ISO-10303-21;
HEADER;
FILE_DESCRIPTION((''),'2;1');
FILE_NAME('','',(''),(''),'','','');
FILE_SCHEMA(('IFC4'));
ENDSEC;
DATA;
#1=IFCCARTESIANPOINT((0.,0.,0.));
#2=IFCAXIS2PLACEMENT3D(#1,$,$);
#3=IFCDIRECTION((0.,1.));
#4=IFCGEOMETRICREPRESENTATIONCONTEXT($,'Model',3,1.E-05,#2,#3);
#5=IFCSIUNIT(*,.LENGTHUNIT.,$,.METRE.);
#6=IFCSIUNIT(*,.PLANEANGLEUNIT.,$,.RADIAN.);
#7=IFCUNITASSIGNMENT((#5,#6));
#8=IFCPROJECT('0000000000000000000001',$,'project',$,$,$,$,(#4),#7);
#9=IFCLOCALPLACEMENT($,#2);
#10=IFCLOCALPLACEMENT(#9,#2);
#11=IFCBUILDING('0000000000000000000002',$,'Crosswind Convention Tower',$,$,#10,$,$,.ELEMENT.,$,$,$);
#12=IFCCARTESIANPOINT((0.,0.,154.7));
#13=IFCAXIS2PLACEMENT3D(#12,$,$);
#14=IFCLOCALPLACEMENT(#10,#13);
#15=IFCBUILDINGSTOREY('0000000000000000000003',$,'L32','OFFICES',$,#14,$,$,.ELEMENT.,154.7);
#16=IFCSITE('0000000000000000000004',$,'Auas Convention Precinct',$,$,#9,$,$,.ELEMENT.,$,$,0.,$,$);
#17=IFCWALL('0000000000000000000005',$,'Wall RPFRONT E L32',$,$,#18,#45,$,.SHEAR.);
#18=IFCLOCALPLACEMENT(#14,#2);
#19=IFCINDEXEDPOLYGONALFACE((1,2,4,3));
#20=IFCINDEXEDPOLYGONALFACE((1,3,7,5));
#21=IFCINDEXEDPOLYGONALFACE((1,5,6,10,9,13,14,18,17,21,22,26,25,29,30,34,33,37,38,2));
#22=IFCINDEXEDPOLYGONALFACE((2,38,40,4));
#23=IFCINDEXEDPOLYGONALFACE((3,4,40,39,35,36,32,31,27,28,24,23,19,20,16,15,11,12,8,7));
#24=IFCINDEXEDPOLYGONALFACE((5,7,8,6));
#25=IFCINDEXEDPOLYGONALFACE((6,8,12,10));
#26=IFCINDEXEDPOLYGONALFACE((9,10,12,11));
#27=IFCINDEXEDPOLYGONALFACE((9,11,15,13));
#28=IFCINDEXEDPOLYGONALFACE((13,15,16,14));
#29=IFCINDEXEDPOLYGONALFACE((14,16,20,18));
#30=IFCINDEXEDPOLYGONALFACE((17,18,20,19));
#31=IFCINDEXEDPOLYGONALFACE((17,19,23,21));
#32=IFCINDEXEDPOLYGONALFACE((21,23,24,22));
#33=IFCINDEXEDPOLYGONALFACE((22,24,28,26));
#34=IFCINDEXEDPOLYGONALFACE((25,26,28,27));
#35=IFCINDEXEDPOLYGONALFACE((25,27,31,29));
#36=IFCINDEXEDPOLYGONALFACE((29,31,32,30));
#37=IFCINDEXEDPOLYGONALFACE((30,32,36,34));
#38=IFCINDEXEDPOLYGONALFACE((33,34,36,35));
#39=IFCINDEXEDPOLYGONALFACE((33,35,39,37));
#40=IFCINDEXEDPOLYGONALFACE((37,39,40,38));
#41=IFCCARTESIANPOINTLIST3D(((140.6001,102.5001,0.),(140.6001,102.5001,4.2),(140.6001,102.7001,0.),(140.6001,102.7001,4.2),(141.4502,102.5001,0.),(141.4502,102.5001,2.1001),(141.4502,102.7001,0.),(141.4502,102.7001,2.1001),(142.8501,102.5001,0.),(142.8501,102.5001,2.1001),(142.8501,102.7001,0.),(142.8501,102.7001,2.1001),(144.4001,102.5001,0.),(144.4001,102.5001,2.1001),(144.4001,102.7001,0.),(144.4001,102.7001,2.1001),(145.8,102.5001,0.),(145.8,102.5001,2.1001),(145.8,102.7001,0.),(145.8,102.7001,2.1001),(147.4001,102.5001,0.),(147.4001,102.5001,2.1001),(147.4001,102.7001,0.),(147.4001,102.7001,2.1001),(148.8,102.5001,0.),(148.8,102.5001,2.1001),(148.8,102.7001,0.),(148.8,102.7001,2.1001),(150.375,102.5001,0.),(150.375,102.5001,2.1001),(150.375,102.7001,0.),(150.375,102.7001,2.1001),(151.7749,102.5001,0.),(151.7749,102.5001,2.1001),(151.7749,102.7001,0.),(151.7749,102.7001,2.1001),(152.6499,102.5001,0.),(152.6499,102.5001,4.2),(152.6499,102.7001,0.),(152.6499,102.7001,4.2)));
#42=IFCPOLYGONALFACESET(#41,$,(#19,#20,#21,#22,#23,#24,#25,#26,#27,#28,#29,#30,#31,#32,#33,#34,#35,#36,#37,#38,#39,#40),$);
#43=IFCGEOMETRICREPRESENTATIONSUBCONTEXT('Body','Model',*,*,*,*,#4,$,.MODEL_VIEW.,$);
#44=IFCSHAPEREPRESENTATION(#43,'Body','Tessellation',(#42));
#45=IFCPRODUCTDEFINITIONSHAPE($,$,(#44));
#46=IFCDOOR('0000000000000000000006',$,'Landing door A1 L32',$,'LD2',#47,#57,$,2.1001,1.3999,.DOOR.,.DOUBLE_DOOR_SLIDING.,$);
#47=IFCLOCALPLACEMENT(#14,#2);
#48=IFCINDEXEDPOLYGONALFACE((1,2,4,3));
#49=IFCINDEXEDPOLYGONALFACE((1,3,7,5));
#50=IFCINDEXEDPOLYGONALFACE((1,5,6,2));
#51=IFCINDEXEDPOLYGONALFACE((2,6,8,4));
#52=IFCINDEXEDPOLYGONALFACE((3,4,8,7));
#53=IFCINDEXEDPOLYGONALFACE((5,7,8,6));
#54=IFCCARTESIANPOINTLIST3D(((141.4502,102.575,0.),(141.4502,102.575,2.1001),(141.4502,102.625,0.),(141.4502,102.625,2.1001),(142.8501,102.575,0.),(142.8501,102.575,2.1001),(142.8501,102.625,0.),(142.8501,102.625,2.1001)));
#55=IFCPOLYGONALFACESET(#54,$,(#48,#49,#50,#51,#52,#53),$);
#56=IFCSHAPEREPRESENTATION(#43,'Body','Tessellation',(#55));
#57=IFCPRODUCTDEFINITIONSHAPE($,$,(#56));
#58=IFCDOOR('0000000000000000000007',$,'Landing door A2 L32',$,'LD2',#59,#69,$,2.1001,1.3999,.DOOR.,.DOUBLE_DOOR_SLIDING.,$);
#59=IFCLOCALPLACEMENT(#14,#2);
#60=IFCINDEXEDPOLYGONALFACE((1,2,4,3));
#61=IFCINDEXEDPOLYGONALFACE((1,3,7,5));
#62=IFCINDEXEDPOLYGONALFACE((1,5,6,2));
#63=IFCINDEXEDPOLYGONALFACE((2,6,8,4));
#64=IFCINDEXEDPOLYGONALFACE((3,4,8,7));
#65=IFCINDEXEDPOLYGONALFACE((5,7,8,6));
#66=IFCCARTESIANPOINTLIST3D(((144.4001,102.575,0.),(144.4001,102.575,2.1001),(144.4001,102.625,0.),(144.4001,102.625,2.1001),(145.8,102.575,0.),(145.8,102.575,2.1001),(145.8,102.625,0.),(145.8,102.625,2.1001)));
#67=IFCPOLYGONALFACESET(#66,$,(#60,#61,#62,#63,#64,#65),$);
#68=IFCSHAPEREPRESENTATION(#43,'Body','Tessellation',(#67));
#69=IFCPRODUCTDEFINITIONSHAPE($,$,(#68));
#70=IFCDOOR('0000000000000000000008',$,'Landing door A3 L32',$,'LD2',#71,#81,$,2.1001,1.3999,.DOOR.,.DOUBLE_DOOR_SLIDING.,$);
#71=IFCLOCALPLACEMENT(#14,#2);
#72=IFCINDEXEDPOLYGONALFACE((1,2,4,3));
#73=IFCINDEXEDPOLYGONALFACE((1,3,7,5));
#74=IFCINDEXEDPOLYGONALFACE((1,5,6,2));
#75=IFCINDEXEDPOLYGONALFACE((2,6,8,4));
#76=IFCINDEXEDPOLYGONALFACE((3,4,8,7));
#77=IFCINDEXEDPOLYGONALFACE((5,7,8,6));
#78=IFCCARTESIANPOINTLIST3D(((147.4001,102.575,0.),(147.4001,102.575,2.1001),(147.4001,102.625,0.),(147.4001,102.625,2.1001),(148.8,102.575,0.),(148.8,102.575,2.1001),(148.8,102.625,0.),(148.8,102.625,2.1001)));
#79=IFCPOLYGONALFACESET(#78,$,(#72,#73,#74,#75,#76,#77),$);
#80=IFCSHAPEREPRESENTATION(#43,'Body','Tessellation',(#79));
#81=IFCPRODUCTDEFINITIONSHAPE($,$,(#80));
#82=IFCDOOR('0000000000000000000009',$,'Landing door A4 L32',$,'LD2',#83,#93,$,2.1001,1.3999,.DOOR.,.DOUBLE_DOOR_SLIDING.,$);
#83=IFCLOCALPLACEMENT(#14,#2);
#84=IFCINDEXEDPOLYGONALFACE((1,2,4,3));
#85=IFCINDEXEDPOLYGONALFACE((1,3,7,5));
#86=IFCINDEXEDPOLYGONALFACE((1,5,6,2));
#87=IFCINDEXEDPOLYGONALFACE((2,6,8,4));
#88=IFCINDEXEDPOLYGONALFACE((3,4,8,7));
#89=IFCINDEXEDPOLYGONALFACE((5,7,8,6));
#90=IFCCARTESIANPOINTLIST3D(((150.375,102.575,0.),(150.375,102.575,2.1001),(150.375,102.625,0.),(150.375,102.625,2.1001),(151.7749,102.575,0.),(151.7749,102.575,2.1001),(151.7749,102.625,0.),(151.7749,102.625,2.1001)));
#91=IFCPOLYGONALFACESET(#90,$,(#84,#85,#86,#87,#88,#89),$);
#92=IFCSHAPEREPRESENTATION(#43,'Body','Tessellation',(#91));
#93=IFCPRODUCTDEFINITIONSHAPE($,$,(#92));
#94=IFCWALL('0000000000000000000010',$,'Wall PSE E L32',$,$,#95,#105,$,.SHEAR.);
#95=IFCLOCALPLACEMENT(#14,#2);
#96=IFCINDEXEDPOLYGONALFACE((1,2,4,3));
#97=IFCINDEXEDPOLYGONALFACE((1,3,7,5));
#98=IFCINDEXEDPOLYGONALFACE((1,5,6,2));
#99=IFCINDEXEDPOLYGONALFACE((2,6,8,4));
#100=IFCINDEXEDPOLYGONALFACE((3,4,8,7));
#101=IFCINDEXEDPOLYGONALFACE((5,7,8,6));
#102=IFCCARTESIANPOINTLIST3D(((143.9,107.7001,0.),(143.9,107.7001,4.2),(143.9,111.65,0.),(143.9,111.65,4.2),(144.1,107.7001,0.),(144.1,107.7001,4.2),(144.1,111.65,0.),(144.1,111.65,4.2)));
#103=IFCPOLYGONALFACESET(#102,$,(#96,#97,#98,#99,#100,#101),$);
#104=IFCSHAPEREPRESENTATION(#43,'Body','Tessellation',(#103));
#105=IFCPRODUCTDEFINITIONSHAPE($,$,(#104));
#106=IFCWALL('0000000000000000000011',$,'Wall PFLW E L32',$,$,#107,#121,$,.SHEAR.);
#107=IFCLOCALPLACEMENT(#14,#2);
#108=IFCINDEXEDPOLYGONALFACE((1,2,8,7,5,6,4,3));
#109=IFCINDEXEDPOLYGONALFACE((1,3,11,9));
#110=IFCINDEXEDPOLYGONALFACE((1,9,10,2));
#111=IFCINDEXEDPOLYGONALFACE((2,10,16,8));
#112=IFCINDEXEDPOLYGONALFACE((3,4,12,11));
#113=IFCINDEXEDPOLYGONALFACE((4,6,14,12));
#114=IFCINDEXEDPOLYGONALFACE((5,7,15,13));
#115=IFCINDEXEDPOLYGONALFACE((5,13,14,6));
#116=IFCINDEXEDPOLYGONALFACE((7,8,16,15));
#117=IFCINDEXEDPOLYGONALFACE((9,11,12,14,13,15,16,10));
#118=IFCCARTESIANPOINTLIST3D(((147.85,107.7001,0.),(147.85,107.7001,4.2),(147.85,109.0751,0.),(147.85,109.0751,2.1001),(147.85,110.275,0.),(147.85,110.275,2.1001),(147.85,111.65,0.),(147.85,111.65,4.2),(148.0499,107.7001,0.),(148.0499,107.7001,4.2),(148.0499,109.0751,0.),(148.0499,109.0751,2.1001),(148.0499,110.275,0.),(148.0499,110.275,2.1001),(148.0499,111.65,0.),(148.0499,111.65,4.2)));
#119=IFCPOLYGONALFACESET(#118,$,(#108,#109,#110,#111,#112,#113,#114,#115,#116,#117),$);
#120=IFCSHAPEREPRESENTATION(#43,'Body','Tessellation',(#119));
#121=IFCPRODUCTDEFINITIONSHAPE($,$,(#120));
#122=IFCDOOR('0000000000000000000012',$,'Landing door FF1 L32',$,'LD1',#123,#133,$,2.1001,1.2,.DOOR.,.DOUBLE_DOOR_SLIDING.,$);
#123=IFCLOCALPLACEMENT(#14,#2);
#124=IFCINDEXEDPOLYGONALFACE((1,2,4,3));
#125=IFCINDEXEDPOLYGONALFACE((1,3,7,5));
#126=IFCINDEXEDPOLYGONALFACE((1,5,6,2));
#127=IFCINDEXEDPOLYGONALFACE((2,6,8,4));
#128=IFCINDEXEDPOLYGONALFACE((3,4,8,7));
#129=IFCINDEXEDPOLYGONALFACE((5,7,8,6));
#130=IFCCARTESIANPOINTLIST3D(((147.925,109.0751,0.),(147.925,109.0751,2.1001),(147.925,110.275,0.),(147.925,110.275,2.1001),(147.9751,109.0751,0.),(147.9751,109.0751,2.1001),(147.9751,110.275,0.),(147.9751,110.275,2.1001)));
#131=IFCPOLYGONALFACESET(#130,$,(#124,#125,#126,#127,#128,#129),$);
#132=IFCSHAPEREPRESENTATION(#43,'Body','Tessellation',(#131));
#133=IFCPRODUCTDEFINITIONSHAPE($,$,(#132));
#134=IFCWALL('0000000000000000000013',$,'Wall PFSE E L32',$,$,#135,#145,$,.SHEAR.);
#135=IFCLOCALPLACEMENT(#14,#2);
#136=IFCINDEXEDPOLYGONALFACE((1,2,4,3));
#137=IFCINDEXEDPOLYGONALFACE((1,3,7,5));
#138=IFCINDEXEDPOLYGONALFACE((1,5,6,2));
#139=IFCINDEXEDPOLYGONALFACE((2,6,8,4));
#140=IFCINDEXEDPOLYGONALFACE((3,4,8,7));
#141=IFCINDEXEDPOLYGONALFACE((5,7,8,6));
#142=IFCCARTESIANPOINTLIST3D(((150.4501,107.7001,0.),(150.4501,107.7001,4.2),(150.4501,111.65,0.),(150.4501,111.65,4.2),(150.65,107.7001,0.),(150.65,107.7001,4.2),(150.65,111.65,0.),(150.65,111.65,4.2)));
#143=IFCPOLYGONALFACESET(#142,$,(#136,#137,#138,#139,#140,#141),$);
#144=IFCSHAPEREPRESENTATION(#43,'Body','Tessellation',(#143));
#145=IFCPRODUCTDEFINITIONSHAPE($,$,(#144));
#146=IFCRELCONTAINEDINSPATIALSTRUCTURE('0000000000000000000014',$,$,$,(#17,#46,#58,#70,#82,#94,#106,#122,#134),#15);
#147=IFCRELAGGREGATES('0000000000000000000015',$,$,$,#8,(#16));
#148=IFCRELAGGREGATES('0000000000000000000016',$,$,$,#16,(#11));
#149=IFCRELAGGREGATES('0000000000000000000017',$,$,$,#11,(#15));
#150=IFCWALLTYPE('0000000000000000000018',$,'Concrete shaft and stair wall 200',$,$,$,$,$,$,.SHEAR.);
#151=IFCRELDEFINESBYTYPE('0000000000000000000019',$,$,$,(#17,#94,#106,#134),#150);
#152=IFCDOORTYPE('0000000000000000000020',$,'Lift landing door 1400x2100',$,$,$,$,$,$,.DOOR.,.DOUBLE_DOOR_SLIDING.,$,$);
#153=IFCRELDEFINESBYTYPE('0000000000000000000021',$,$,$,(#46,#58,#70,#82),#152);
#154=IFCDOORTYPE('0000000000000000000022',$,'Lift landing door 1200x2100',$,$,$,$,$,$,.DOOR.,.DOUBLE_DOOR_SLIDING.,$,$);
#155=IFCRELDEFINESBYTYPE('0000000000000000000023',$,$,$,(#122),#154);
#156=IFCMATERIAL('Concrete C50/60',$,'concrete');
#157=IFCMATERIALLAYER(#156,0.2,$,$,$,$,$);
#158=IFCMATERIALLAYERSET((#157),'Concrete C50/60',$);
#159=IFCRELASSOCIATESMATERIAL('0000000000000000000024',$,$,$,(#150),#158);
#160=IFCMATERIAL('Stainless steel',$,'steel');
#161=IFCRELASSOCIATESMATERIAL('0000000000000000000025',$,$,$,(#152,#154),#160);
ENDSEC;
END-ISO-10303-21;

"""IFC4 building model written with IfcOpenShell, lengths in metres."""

from ifc_helpers import new_model, si_unit, direction, frame, frame_2d, origin, place, context, subcontext, project, spatial, rectangle, extrude, material, layer, layer_set, type_object, element, fill, save


model = new_model("IFC4")

# Units and contexts
model_context = context("Model", 3, precision=1e-05, world=origin(), true_north=direction((0.0, 1.0)))
body_context = subcontext(model_context, "Body", "Model", "MODEL_VIEW")
ifc_project = project(units=[si_unit("LENGTHUNIT", "METRE"), si_unit("PLANEANGLEUNIT", "RADIAN")], contexts=[model_context])

# Site, building, storey
site_placement = place(None, origin())
site = spatial("IfcSite", under=ifc_project, at=site_placement, Name="Auas Convention Precinct", CompositionType="ELEMENT", RefElevation=0.0)
building_placement = place(site_placement, origin())
building = spatial("IfcBuilding", under=site, at=building_placement, Name="Crosswind Convention Tower", CompositionType="ELEMENT")
storey_placement = place(building_placement, frame((0.0, 0.0, 154.7)))
storey = spatial("IfcBuildingStorey", under=building, at=storey_placement, Name="L32", Description="OFFICES", CompositionType="ELEMENT", Elevation=154.7)

# Shared definitions
ifc_material_1 = material(Name="Concrete C50/60", Category="concrete")
ifc_layer_1 = layer(ifc_material_1, 0.2)
ifc_layer_set_1 = layer_set([ifc_layer_1], Name="Concrete C50/60")
wall_type_1 = type_object("IfcWallType", Name="Concrete shaft and stair wall 200", PredefinedType="SHEAR", material=ifc_layer_set_1)

# Wall, openings, doors
wall_1_placement = place(storey_placement, frame((140.6001, 102.6001, 0.0), z_axis=(0.0, 0.0, 1.0), x_axis=(1.0, 0.0, 0.0)))
wall_1 = element("IfcWall", 1, at=wall_1_placement, inside=storey, type_object=wall_type_1, Name="Wall RPFRONT E L32", PredefinedType="SHEAR", context=body_context, shape_type="SweptSolid", body=[
    extrude(rectangle(XDim=12.0498, YDim=0.2, at=frame_2d((6.0249, 0.0))), origin(), (0.0, 0.0, 1.0), 4.2),
])
opening_1_placement = place(wall_1_placement, frame((0.8501, 0.0, 0.0)))
opening_1 = element("IfcOpeningElement", 2, at=opening_1_placement, cuts=wall_1, PredefinedType="OPENING", context=body_context, shape_type="SweptSolid", body=[
    extrude(rectangle(XDim=1.3999, YDim=2.1001, at=frame_2d((0.7, 1.05))), frame((0.0, 0.1099, 0.0), z_axis=(0.0, -1.0, 0.0), x_axis=(1.0, 0.0, 0.0)), (0.0, 0.0, 1.0), 0.22),
])
opening_2_placement = place(wall_1_placement, frame((3.8, 0.0, 0.0)))
opening_2 = element("IfcOpeningElement", 3, at=opening_2_placement, cuts=wall_1, PredefinedType="OPENING", context=body_context, shape_type="SweptSolid", body=[
    extrude(rectangle(XDim=1.3999, YDim=2.1001, at=frame_2d((0.7, 1.05))), frame((0.0, 0.1099, 0.0), z_axis=(0.0, -1.0, 0.0), x_axis=(1.0, 0.0, 0.0)), (0.0, 0.0, 1.0), 0.22),
])
opening_3_placement = place(wall_1_placement, frame((6.8, 0.0, 0.0)))
opening_3 = element("IfcOpeningElement", 4, at=opening_3_placement, cuts=wall_1, PredefinedType="OPENING", context=body_context, shape_type="SweptSolid", body=[
    extrude(rectangle(XDim=1.3999, YDim=2.1001, at=frame_2d((0.7, 1.05))), frame((0.0, 0.1099, 0.0), z_axis=(0.0, -1.0, 0.0), x_axis=(1.0, 0.0, 0.0)), (0.0, 0.0, 1.0), 0.22),
])
opening_4_placement = place(wall_1_placement, frame((9.7749, 0.0, 0.0)))
opening_4 = element("IfcOpeningElement", 5, at=opening_4_placement, cuts=wall_1, PredefinedType="OPENING", context=body_context, shape_type="SweptSolid", body=[
    extrude(rectangle(XDim=1.3999, YDim=2.1001, at=frame_2d((0.7, 1.05))), frame((0.0, 0.1099, 0.0), z_axis=(0.0, -1.0, 0.0), x_axis=(1.0, 0.0, 0.0)), (0.0, 0.0, 1.0), 0.22),
])
ifc_material_2 = material(Name="Stainless steel", Category="steel")
door_type_1 = type_object("IfcDoorType", Name="Lift landing door 1400x2100", OperationType="DOUBLE_DOOR_SLIDING", PredefinedType="DOOR", material=ifc_material_2)
door_1_placement = place(opening_1_placement, origin())
door_1 = element("IfcDoor", 6, at=door_1_placement, inside=storey, type_object=door_type_1, Name="Landing door A1 L32", ObjectType="LD2", OperationType="DOUBLE_DOOR_SLIDING", OverallHeight=2.1001, OverallWidth=1.3999, PredefinedType="DOOR", context=body_context, shape_type="SweptSolid", body=[
    extrude(rectangle(XDim=1.3999, YDim=2.1001, at=frame_2d((0.7, 1.05))), frame((0.0, 0.0249, 0.0), z_axis=(0.0, -1.0, 0.0), x_axis=(1.0, 0.0, 0.0)), (0.0, 0.0, 1.0), 0.05),
])
fill(opening_1, door_1)
door_2_placement = place(opening_2_placement, origin())
door_2 = element("IfcDoor", 7, at=door_2_placement, inside=storey, type_object=door_type_1, Name="Landing door A2 L32", ObjectType="LD2", OperationType="DOUBLE_DOOR_SLIDING", OverallHeight=2.1001, OverallWidth=1.3999, PredefinedType="DOOR", context=body_context, shape_type="SweptSolid", body=[
    extrude(rectangle(XDim=1.3999, YDim=2.1001, at=frame_2d((0.7, 1.05))), frame((0.0, 0.0249, 0.0), z_axis=(0.0, -1.0, 0.0), x_axis=(1.0, 0.0, 0.0)), (0.0, 0.0, 1.0), 0.05),
])
fill(opening_2, door_2)
door_3_placement = place(opening_3_placement, origin())
door_3 = element("IfcDoor", 8, at=door_3_placement, inside=storey, type_object=door_type_1, Name="Landing door A3 L32", ObjectType="LD2", OperationType="DOUBLE_DOOR_SLIDING", OverallHeight=2.1001, OverallWidth=1.3999, PredefinedType="DOOR", context=body_context, shape_type="SweptSolid", body=[
    extrude(rectangle(XDim=1.3999, YDim=2.1001, at=frame_2d((0.7, 1.05))), frame((0.0, 0.0249, 0.0), z_axis=(0.0, -1.0, 0.0), x_axis=(1.0, 0.0, 0.0)), (0.0, 0.0, 1.0), 0.05),
])
fill(opening_3, door_3)
door_4_placement = place(opening_4_placement, origin())
door_4 = element("IfcDoor", 9, at=door_4_placement, inside=storey, type_object=door_type_1, Name="Landing door A4 L32", ObjectType="LD2", OperationType="DOUBLE_DOOR_SLIDING", OverallHeight=2.1001, OverallWidth=1.3999, PredefinedType="DOOR", context=body_context, shape_type="SweptSolid", body=[
    extrude(rectangle(XDim=1.3999, YDim=2.1001, at=frame_2d((0.7, 1.05))), frame((0.0, 0.0249, 0.0), z_axis=(0.0, -1.0, 0.0), x_axis=(1.0, 0.0, 0.0)), (0.0, 0.0, 1.0), 0.05),
])
fill(opening_4, door_4)

# Wall
wall_2_placement = place(storey_placement, frame((144.0, 107.7, 0.0), z_axis=(0.0, 0.0, 1.0), x_axis=(0.0, 1.0, 0.0)))
element("IfcWall", 10, at=wall_2_placement, inside=storey, type_object=wall_type_1, Name="Wall PSE E L32", PredefinedType="SHEAR", context=body_context, shape_type="SweptSolid", body=[
    extrude(rectangle(XDim=3.95, YDim=0.2, at=frame_2d((1.9751, 0.0))), origin(), (0.0, 0.0, 1.0), 4.2),
])

# Wall, opening, door
wall_3_placement = place(storey_placement, frame((147.95, 107.7, 0.0), z_axis=(0.0, 0.0, 1.0), x_axis=(0.0, 1.0, 0.0)))
wall_3 = element("IfcWall", 11, at=wall_3_placement, inside=storey, type_object=wall_type_1, Name="Wall PFLW E L32", PredefinedType="SHEAR", context=body_context, shape_type="SweptSolid", body=[
    extrude(rectangle(XDim=3.95, YDim=0.2, at=frame_2d((1.9751, 0.0))), origin(), (0.0, 0.0, 1.0), 4.2),
])
opening_5_placement = place(wall_3_placement, frame((1.375, 0.0, 0.0)))
opening_5 = element("IfcOpeningElement", 12, at=opening_5_placement, cuts=wall_3, PredefinedType="OPENING", context=body_context, shape_type="SweptSolid", body=[
    extrude(rectangle(XDim=1.2, YDim=2.1001, at=frame_2d((0.6001, 1.05))), frame((0.0, 0.1099, 0.0), z_axis=(0.0, -1.0, 0.0), x_axis=(1.0, 0.0, 0.0)), (0.0, 0.0, 1.0), 0.22),
])
door_type_2 = type_object("IfcDoorType", Name="Lift landing door 1200x2100", OperationType="DOUBLE_DOOR_SLIDING", PredefinedType="DOOR", material=ifc_material_2)
door_5_placement = place(opening_5_placement, origin())
door_5 = element("IfcDoor", 13, at=door_5_placement, inside=storey, type_object=door_type_2, Name="Landing door FF1 L32", ObjectType="LD1", OperationType="DOUBLE_DOOR_SLIDING", OverallHeight=2.1001, OverallWidth=1.2, PredefinedType="DOOR", context=body_context, shape_type="SweptSolid", body=[
    extrude(rectangle(XDim=1.2, YDim=2.1001, at=frame_2d((0.6001, 1.05))), frame((0.0, 0.0249, 0.0), z_axis=(0.0, -1.0, 0.0), x_axis=(1.0, 0.0, 0.0)), (0.0, 0.0, 1.0), 0.05),
])
fill(opening_5, door_5)

# Wall
wall_4_placement = place(storey_placement, frame((150.55, 107.7, 0.0), z_axis=(0.0, 0.0, 1.0), x_axis=(0.0, 1.0, 0.0)))
element("IfcWall", 14, at=wall_4_placement, inside=storey, type_object=wall_type_1, Name="Wall PFSE E L32", PredefinedType="SHEAR", context=body_context, shape_type="SweptSolid", body=[
    extrude(rectangle(XDim=3.95, YDim=0.2, at=frame_2d((1.9751, 0.0))), origin(), (0.0, 0.0, 1.0), 4.2),
])

save(model, "model.ifc")
